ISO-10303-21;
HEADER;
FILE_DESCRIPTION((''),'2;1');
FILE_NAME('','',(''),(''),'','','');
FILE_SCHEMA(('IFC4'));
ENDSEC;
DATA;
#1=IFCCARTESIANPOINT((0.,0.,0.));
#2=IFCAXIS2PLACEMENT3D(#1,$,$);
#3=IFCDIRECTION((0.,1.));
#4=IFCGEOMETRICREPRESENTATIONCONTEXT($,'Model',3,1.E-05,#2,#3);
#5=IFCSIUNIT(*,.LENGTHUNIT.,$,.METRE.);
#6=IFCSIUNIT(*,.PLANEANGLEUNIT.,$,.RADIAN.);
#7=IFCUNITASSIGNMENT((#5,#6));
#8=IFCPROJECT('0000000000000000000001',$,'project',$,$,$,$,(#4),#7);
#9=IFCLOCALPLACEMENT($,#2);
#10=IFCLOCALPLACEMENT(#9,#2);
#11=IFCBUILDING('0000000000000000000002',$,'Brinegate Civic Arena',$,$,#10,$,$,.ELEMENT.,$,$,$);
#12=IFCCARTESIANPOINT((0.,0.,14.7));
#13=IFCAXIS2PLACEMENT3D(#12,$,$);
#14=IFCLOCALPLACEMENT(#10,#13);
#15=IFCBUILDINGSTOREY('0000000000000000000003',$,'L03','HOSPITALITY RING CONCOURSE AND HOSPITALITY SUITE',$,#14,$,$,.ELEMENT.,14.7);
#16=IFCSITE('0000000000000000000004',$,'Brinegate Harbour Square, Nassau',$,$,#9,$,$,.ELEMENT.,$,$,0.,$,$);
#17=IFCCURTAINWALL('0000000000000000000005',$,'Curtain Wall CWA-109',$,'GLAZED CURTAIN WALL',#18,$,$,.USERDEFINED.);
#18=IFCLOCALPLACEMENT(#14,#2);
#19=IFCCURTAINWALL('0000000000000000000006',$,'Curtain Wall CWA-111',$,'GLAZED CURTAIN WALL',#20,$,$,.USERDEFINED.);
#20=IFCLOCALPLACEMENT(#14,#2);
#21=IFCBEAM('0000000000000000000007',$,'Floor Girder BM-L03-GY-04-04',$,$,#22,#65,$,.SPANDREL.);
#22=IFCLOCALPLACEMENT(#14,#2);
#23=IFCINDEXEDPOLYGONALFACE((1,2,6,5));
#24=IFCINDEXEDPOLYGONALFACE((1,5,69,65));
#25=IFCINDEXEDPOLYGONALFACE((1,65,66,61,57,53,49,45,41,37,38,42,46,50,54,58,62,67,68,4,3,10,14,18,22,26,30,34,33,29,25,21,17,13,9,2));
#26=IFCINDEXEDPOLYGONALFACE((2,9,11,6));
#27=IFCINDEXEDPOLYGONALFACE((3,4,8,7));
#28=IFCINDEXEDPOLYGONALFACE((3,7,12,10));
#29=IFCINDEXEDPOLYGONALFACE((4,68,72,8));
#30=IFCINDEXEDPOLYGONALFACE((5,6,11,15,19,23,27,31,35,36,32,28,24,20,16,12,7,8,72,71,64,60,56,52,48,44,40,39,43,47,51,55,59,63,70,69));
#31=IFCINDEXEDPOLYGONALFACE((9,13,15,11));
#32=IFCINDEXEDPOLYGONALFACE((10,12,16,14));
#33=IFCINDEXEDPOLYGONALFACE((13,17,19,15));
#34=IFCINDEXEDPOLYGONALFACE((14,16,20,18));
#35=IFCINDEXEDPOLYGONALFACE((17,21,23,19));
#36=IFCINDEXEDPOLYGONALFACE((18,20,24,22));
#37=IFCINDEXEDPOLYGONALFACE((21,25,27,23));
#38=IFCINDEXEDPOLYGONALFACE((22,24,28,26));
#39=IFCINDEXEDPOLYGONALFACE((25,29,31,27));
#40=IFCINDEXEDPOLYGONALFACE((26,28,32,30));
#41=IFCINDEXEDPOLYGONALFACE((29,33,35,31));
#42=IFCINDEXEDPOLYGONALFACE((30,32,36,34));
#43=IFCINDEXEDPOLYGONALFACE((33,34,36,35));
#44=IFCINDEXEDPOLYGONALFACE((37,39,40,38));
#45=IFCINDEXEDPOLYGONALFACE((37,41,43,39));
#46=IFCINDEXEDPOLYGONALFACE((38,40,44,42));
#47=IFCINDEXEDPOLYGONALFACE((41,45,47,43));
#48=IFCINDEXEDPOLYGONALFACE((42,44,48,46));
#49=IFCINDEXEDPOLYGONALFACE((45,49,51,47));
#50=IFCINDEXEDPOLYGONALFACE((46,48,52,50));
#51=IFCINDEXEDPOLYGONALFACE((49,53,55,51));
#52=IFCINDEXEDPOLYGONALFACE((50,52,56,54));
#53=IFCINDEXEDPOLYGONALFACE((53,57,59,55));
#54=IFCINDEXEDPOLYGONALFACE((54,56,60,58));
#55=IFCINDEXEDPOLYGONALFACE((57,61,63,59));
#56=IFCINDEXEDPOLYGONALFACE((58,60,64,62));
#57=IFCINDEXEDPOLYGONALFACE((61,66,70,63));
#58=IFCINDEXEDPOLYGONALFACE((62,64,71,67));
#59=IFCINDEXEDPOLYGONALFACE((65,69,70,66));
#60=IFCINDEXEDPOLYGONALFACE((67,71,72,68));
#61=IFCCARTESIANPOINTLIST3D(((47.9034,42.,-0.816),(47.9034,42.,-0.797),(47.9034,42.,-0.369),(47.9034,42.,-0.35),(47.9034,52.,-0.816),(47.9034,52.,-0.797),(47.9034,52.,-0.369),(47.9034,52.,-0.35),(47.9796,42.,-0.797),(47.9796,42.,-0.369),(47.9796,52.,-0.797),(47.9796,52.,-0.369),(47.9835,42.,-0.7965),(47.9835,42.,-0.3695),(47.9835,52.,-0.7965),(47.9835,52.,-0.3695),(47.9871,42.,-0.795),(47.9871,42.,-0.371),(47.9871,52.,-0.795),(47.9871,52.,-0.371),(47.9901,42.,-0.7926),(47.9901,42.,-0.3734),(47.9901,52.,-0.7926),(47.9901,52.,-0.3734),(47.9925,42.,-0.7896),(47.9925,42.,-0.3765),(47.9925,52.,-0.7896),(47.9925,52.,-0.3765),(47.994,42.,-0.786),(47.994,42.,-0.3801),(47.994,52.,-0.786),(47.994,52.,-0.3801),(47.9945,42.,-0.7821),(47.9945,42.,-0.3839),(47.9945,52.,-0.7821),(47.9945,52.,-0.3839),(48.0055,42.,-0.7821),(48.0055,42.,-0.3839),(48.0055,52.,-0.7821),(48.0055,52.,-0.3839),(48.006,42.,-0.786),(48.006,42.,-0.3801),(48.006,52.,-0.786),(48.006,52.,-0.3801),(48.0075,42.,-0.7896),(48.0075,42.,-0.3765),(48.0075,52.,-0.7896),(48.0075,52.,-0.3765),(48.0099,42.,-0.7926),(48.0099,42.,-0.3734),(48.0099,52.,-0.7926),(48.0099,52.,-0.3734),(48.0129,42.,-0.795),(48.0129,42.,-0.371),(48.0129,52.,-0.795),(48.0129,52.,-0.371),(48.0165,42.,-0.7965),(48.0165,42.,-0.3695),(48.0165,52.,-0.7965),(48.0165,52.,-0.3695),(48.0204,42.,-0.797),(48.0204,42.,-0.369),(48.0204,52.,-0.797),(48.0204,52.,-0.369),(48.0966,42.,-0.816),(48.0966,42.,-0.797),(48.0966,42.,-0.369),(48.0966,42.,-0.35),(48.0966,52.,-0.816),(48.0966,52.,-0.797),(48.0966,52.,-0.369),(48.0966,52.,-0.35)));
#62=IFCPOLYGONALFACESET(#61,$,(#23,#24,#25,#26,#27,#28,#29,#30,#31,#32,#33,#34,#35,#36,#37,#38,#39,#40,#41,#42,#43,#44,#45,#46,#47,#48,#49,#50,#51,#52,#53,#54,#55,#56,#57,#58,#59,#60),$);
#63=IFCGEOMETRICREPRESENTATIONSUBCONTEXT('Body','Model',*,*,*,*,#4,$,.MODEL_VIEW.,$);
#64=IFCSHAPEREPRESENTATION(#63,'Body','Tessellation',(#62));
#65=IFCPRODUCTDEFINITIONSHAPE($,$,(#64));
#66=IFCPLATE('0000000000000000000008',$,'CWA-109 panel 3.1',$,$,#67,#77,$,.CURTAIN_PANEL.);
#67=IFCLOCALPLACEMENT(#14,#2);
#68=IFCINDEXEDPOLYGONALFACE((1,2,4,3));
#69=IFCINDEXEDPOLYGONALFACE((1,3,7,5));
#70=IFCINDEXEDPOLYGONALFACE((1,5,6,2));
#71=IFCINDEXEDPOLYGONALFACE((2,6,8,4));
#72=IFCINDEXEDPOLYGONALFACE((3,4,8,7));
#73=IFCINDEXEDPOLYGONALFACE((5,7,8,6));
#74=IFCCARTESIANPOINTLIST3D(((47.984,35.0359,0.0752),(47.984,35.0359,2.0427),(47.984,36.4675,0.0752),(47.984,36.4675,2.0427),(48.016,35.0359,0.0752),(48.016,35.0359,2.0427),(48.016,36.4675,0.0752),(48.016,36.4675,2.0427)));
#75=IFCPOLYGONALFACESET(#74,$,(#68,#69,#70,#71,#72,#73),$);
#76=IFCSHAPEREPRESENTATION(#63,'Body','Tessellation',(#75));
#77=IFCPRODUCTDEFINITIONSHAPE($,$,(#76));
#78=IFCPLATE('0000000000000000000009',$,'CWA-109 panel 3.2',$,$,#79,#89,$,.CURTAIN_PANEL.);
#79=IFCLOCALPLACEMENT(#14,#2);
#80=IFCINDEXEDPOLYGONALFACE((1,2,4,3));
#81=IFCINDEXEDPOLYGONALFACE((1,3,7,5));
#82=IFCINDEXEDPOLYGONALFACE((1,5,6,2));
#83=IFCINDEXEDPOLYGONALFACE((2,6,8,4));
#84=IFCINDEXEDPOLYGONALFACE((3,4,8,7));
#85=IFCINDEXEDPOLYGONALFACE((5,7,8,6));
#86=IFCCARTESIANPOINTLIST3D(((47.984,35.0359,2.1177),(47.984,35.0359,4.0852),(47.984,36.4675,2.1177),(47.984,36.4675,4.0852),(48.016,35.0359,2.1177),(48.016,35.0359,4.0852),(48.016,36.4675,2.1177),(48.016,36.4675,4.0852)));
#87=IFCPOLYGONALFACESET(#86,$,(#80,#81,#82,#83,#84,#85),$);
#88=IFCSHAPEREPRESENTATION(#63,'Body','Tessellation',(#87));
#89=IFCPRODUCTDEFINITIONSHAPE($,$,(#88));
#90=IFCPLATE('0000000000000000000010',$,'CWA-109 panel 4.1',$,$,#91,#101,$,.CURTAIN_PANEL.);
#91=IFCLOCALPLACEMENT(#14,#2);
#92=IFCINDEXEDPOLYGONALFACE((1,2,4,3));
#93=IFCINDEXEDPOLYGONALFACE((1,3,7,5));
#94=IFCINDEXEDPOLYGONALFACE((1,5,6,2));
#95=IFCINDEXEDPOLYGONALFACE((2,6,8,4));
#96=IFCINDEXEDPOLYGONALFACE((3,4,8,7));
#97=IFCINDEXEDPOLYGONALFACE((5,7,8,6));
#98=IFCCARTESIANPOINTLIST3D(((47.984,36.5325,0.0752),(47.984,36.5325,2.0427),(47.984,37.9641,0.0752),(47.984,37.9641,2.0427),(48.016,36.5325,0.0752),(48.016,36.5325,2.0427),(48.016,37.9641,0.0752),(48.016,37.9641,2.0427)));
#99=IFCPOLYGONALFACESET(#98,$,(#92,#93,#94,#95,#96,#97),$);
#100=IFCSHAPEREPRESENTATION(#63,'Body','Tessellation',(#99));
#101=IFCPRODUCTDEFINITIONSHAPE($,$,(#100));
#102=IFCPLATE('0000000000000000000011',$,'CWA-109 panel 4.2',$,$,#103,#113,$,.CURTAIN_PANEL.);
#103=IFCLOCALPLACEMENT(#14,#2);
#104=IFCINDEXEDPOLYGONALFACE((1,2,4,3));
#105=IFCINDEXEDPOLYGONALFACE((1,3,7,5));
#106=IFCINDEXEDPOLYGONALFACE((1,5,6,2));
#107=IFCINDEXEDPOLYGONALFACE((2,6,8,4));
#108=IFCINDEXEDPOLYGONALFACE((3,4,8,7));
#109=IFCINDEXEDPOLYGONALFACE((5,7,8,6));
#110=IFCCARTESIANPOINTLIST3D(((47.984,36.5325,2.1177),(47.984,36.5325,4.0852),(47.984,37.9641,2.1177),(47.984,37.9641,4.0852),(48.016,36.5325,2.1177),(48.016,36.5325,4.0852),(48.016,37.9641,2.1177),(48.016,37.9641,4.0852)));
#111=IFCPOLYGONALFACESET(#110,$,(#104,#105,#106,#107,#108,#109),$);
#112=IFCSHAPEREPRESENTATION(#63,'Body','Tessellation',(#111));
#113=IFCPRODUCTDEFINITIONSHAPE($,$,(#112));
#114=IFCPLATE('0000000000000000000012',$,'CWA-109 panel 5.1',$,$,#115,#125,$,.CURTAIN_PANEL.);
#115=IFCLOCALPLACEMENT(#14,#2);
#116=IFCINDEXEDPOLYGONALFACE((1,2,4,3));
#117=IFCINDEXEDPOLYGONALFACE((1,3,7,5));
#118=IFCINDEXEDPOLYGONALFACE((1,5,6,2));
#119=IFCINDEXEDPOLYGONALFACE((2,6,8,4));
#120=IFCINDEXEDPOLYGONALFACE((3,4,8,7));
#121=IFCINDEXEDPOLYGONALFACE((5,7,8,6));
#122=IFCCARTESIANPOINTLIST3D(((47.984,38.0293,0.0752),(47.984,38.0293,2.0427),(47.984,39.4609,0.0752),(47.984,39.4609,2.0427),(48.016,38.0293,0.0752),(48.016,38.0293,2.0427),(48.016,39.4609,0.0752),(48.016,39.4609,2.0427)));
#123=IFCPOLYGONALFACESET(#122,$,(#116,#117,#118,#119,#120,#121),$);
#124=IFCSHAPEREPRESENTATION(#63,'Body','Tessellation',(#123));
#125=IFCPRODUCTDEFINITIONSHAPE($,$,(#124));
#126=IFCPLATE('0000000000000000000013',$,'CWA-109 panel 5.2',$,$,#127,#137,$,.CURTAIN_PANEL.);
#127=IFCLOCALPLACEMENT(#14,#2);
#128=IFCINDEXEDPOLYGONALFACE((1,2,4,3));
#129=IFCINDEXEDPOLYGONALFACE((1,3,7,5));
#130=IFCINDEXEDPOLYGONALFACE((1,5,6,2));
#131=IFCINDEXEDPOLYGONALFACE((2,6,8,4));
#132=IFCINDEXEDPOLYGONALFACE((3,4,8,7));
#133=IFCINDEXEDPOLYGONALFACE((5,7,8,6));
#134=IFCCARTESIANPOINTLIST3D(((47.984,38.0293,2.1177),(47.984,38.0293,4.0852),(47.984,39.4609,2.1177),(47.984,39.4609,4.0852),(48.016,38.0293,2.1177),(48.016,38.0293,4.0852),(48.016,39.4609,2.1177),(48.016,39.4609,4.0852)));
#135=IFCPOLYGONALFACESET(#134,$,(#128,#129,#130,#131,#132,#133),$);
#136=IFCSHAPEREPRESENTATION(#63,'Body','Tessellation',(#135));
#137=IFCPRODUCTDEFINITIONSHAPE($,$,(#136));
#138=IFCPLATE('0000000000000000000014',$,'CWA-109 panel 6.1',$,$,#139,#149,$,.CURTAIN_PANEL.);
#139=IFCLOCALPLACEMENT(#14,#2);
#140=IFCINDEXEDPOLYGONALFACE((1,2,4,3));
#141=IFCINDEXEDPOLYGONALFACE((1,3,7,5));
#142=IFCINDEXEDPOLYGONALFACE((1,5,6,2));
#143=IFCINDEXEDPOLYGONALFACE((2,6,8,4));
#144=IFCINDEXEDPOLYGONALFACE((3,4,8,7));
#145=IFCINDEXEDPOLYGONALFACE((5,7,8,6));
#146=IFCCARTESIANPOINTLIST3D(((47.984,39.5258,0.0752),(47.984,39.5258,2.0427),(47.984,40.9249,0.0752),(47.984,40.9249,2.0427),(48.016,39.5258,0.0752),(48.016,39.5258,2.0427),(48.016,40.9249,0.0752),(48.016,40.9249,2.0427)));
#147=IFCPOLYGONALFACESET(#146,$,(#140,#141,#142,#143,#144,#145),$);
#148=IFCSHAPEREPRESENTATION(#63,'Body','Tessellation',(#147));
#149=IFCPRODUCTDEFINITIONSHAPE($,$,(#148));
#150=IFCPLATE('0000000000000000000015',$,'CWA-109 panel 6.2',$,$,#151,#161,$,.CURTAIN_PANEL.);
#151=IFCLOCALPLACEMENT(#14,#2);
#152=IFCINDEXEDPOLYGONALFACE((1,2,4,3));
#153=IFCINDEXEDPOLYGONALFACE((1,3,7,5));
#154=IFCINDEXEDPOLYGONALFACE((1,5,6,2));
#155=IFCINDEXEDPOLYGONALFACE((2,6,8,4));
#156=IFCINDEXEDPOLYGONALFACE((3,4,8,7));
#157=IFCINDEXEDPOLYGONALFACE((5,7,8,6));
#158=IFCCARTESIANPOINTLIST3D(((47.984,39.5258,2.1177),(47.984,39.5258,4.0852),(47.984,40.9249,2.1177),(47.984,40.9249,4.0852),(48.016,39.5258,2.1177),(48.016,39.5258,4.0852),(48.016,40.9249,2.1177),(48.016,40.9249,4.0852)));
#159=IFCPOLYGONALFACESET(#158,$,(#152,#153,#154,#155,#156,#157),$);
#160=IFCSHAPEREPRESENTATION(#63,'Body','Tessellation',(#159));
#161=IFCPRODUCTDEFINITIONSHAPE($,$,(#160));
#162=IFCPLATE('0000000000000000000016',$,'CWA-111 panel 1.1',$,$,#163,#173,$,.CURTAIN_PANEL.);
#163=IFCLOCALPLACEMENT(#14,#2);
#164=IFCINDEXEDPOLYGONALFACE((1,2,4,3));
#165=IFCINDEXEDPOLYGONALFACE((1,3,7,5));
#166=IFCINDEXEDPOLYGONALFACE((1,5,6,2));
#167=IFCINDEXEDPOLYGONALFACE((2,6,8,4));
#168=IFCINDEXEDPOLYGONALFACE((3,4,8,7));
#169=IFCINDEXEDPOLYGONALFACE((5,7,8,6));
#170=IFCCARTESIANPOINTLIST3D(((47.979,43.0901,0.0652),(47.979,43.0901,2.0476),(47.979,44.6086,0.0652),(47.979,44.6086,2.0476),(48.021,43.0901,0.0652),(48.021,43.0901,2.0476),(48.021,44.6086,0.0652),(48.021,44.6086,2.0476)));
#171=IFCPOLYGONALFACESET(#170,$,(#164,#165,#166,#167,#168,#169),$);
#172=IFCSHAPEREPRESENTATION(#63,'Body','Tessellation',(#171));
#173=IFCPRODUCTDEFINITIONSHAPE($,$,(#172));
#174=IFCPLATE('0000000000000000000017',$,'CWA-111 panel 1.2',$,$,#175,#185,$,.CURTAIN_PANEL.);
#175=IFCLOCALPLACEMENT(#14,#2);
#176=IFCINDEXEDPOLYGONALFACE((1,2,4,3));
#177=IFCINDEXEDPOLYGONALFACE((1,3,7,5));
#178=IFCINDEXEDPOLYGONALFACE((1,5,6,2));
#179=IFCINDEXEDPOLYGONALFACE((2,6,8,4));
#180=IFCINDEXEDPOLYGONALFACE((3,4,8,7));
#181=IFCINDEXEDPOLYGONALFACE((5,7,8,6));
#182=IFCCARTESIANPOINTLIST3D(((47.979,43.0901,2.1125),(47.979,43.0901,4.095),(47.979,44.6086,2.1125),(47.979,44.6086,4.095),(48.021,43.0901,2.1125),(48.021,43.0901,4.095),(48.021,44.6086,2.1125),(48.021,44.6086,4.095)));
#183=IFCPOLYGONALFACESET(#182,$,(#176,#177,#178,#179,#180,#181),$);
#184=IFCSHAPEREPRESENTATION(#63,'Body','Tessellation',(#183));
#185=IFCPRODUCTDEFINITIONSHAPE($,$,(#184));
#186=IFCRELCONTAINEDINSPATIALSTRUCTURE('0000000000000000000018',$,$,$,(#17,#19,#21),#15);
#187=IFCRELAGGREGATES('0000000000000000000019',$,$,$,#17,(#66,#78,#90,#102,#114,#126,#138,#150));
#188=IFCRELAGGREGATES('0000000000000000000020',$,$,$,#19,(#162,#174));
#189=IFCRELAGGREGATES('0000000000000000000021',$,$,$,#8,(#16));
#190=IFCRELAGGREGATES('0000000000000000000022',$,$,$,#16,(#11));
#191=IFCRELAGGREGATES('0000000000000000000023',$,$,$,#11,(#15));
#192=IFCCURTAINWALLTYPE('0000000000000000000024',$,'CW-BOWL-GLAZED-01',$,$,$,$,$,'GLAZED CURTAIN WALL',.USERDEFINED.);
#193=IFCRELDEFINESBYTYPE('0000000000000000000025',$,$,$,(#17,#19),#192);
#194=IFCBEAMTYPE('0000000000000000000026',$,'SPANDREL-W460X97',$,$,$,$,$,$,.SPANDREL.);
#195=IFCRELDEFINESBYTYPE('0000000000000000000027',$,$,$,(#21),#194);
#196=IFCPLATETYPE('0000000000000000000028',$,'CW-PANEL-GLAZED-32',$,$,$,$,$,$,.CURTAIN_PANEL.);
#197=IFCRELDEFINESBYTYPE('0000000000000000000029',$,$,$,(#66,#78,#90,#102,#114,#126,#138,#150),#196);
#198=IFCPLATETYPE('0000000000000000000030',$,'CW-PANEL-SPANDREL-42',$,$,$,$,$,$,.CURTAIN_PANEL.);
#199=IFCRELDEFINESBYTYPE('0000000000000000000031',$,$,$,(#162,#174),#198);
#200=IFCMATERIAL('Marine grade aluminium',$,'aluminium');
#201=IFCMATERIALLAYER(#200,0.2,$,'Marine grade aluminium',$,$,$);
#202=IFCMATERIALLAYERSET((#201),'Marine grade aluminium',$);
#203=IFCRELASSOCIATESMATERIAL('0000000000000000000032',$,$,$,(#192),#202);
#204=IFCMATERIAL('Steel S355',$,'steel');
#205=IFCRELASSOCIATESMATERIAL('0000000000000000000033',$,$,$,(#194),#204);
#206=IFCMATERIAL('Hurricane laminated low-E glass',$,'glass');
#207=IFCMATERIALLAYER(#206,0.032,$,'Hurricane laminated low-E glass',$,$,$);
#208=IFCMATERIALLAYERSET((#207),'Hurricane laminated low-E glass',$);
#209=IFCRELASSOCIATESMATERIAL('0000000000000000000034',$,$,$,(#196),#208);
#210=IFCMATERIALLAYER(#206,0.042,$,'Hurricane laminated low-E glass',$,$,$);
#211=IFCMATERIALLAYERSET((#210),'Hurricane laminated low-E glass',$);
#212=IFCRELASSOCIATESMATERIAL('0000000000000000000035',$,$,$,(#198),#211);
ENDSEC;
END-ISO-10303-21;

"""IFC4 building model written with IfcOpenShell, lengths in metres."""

from ifc_helpers import new_model, si_unit, direction, frame, origin, origin_2d, place, context, subcontext, project, spatial, rectangle, i_section, extrude, material, layer, layer_set, material_profile, profile_set, type_object, element, aggregate, save


model = new_model("IFC4")

# Units and contexts
model_context = context("Model", 3, precision=1e-05, world=origin(), true_north=direction((0.0, 1.0)))
body_context = subcontext(model_context, "Body", "Model", "MODEL_VIEW")
ifc_project = project(units=[si_unit("LENGTHUNIT", "METRE"), si_unit("PLANEANGLEUNIT", "RADIAN")], contexts=[model_context])

# Site, building, storey
site_placement = place(None, origin())
site = spatial("IfcSite", under=ifc_project, at=site_placement, Name="Brinegate Harbour Square, Nassau", CompositionType="ELEMENT", RefElevation=0.0)
building_placement = place(site_placement, origin())
building = spatial("IfcBuilding", under=site, at=building_placement, Name="Brinegate Civic Arena", CompositionType="ELEMENT")
storey_placement = place(building_placement, frame((0.0, 0.0, 14.7)))
storey = spatial("IfcBuildingStorey", under=building, at=storey_placement, Name="L03", Description="HOSPITALITY RING CONCOURSE AND HOSPITALITY SUITE", CompositionType="ELEMENT", Elevation=14.7)

# Curtain walls
ifc_material_1 = material(Name="Marine grade aluminium", Category="aluminium")
ifc_layer_1 = layer(ifc_material_1, 0.2, Name="Marine grade aluminium")
ifc_layer_set_1 = layer_set([ifc_layer_1], Name="Marine grade aluminium")
curtain_wall_type = type_object("IfcCurtainWallType", Name="CW-BOWL-GLAZED-01", ElementType="GLAZED CURTAIN WALL", PredefinedType="USERDEFINED", material=ifc_layer_set_1)
curtain_wall_1_placement = place(storey_placement, origin())
curtain_wall_1 = element("IfcCurtainWall", 1, at=curtain_wall_1_placement, inside=storey, type_object=curtain_wall_type, Name="Curtain Wall CWA-109", ObjectType="GLAZED CURTAIN WALL", PredefinedType="USERDEFINED")
curtain_wall_2_placement = place(storey_placement, origin())
curtain_wall_2 = element("IfcCurtainWall", 2, at=curtain_wall_2_placement, inside=storey, type_object=curtain_wall_type, Name="Curtain Wall CWA-111", ObjectType="GLAZED CURTAIN WALL", PredefinedType="USERDEFINED")

# Beam
ifc_material_2 = material(Name="Steel S355", Category="steel")
ifc_material_profile_1 = material_profile(ifc_material_2, i_section(OverallWidth=0.1931, OverallDepth=0.4661, WebThickness=0.011, FlangeThickness=0.019, FilletRadius=0.0149, at=origin_2d()), Name="W460X97")
ifc_profile_set_1 = profile_set([ifc_material_profile_1], Name="Steel S355")
beam_type_1 = type_object("IfcBeamType", Name="SPANDREL-W460X97", PredefinedType="SPANDREL", material=ifc_profile_set_1)
beam_1_placement = place(storey_placement, frame((48.0, 42.0, -0.583), z_axis=(0.0, 1.0, 0.0), x_axis=(-1.0, 0.0, 0.0)))
element("IfcBeam", 3, at=beam_1_placement, inside=storey, type_object=beam_type_1, Name="Floor Girder BM-L03-GY-04-04", PredefinedType="SPANDREL", context=body_context, shape_type="SweptSolid", body=[
    extrude(i_section(OverallWidth=0.1931, OverallDepth=0.4661, WebThickness=0.011, FlangeThickness=0.019, FilletRadius=0.0149, at=origin_2d()), origin(), (0.0, 0.0, 1.0), 10.0),
])

# Plates
ifc_material_3 = material(Name="Hurricane laminated low-E glass", Category="glass")
ifc_layer_2 = layer(ifc_material_3, 0.032, Name="Hurricane laminated low-E glass")
ifc_layer_set_2 = layer_set([ifc_layer_2], Name="Hurricane laminated low-E glass")
plate_type_1 = type_object("IfcPlateType", Name="CW-PANEL-GLAZED-32", PredefinedType="CURTAIN_PANEL", material=ifc_layer_set_2)
plate_1_placement = place(storey_placement, frame((48.0, 35.7517, 0.0752), z_axis=(0.0, 0.0, 1.0), x_axis=(0.0, 1.0, 0.0)))
plate_1 = element("IfcPlate", 4, at=plate_1_placement, type_object=plate_type_1, Name="CWA-109 panel 3.1", PredefinedType="CURTAIN_PANEL", context=body_context, shape_type="SweptSolid", body=[
    extrude(rectangle(XDim=1.4316, YDim=0.032, at=origin_2d()), origin(), (0.0, 0.0, 1.0), 1.9675),
])
plate_2_placement = place(storey_placement, frame((48.0, 35.7517, 2.1177), z_axis=(0.0, 0.0, 1.0), x_axis=(0.0, 1.0, 0.0)))
plate_2 = element("IfcPlate", 5, at=plate_2_placement, type_object=plate_type_1, Name="CWA-109 panel 3.2", PredefinedType="CURTAIN_PANEL", context=body_context, shape_type="SweptSolid", body=[
    extrude(rectangle(XDim=1.4316, YDim=0.032, at=origin_2d()), origin(), (0.0, 0.0, 1.0), 1.9675),
])
plate_3_placement = place(storey_placement, frame((48.0, 37.2483, 0.0752), z_axis=(0.0, 0.0, 1.0), x_axis=(0.0, 1.0, 0.0)))
plate_3 = element("IfcPlate", 6, at=plate_3_placement, type_object=plate_type_1, Name="CWA-109 panel 4.1", PredefinedType="CURTAIN_PANEL", context=body_context, shape_type="SweptSolid", body=[
    extrude(rectangle(XDim=1.4316, YDim=0.032, at=origin_2d()), origin(), (0.0, 0.0, 1.0), 1.9675),
])
plate_4_placement = place(storey_placement, frame((48.0, 37.2483, 2.1177), z_axis=(0.0, 0.0, 1.0), x_axis=(0.0, 1.0, 0.0)))
plate_4 = element("IfcPlate", 7, at=plate_4_placement, type_object=plate_type_1, Name="CWA-109 panel 4.2", PredefinedType="CURTAIN_PANEL", context=body_context, shape_type="SweptSolid", body=[
    extrude(rectangle(XDim=1.4316, YDim=0.032, at=origin_2d()), origin(), (0.0, 0.0, 1.0), 1.9675),
])
plate_5_placement = place(storey_placement, frame((48.0, 38.7451, 0.0752), z_axis=(0.0, 0.0, 1.0), x_axis=(0.0, 1.0, 0.0)))
plate_5 = element("IfcPlate", 8, at=plate_5_placement, type_object=plate_type_1, Name="CWA-109 panel 5.1", PredefinedType="CURTAIN_PANEL", context=body_context, shape_type="SweptSolid", body=[
    extrude(rectangle(XDim=1.4316, YDim=0.032, at=origin_2d()), origin(), (0.0, 0.0, 1.0), 1.9675),
])
plate_6_placement = place(storey_placement, frame((48.0, 38.7451, 2.1177), z_axis=(0.0, 0.0, 1.0), x_axis=(0.0, 1.0, 0.0)))
plate_6 = element("IfcPlate", 9, at=plate_6_placement, type_object=plate_type_1, Name="CWA-109 panel 5.2", PredefinedType="CURTAIN_PANEL", context=body_context, shape_type="SweptSolid", body=[
    extrude(rectangle(XDim=1.4316, YDim=0.032, at=origin_2d()), origin(), (0.0, 0.0, 1.0), 1.9675),
])
plate_7_placement = place(storey_placement, frame((48.0, 40.2253, 0.0752), z_axis=(0.0, 0.0, 1.0), x_axis=(0.0, 1.0, 0.0)))
plate_7 = element("IfcPlate", 10, at=plate_7_placement, type_object=plate_type_1, Name="CWA-109 panel 6.1", PredefinedType="CURTAIN_PANEL", context=body_context, shape_type="SweptSolid", body=[
    extrude(rectangle(XDim=1.3992, YDim=0.032, at=origin_2d()), origin(), (0.0, 0.0, 1.0), 1.9675),
])
plate_8_placement = place(storey_placement, frame((48.0, 40.2253, 2.1177), z_axis=(0.0, 0.0, 1.0), x_axis=(0.0, 1.0, 0.0)))
plate_8 = element("IfcPlate", 11, at=plate_8_placement, type_object=plate_type_1, Name="CWA-109 panel 6.2", PredefinedType="CURTAIN_PANEL", context=body_context, shape_type="SweptSolid", body=[
    extrude(rectangle(XDim=1.3992, YDim=0.032, at=origin_2d()), origin(), (0.0, 0.0, 1.0), 1.9675),
])
aggregate(curtain_wall_1, [plate_1, plate_2, plate_3, plate_4, plate_5, plate_6, plate_7, plate_8])
ifc_layer_3 = layer(ifc_material_3, 0.042, Name="Hurricane laminated low-E glass")
ifc_layer_set_3 = layer_set([ifc_layer_3], Name="Hurricane laminated low-E glass")
plate_type_2 = type_object("IfcPlateType", Name="CW-PANEL-SPANDREL-42", PredefinedType="CURTAIN_PANEL", material=ifc_layer_set_3)
plate_9_placement = place(storey_placement, frame((48.0, 43.8494, 0.0652), z_axis=(0.0, 0.0, 1.0), x_axis=(0.0, 1.0, 0.0)))
plate_9 = element("IfcPlate", 12, at=plate_9_placement, type_object=plate_type_2, Name="CWA-111 panel 1.1", PredefinedType="CURTAIN_PANEL", context=body_context, shape_type="SweptSolid", body=[
    extrude(rectangle(XDim=1.5186, YDim=0.042, at=origin_2d()), origin(), (0.0, 0.0, 1.0), 1.9824),
])
plate_10_placement = place(storey_placement, frame((48.0, 43.8494, 2.1125), z_axis=(0.0, 0.0, 1.0), x_axis=(0.0, 1.0, 0.0)))
plate_10 = element("IfcPlate", 13, at=plate_10_placement, type_object=plate_type_2, Name="CWA-111 panel 1.2", PredefinedType="CURTAIN_PANEL", context=body_context, shape_type="SweptSolid", body=[
    extrude(rectangle(XDim=1.5186, YDim=0.042, at=origin_2d()), origin(), (0.0, 0.0, 1.0), 1.9824),
])
aggregate(curtain_wall_2, [plate_9, plate_10])

save(model, "model.ifc")
